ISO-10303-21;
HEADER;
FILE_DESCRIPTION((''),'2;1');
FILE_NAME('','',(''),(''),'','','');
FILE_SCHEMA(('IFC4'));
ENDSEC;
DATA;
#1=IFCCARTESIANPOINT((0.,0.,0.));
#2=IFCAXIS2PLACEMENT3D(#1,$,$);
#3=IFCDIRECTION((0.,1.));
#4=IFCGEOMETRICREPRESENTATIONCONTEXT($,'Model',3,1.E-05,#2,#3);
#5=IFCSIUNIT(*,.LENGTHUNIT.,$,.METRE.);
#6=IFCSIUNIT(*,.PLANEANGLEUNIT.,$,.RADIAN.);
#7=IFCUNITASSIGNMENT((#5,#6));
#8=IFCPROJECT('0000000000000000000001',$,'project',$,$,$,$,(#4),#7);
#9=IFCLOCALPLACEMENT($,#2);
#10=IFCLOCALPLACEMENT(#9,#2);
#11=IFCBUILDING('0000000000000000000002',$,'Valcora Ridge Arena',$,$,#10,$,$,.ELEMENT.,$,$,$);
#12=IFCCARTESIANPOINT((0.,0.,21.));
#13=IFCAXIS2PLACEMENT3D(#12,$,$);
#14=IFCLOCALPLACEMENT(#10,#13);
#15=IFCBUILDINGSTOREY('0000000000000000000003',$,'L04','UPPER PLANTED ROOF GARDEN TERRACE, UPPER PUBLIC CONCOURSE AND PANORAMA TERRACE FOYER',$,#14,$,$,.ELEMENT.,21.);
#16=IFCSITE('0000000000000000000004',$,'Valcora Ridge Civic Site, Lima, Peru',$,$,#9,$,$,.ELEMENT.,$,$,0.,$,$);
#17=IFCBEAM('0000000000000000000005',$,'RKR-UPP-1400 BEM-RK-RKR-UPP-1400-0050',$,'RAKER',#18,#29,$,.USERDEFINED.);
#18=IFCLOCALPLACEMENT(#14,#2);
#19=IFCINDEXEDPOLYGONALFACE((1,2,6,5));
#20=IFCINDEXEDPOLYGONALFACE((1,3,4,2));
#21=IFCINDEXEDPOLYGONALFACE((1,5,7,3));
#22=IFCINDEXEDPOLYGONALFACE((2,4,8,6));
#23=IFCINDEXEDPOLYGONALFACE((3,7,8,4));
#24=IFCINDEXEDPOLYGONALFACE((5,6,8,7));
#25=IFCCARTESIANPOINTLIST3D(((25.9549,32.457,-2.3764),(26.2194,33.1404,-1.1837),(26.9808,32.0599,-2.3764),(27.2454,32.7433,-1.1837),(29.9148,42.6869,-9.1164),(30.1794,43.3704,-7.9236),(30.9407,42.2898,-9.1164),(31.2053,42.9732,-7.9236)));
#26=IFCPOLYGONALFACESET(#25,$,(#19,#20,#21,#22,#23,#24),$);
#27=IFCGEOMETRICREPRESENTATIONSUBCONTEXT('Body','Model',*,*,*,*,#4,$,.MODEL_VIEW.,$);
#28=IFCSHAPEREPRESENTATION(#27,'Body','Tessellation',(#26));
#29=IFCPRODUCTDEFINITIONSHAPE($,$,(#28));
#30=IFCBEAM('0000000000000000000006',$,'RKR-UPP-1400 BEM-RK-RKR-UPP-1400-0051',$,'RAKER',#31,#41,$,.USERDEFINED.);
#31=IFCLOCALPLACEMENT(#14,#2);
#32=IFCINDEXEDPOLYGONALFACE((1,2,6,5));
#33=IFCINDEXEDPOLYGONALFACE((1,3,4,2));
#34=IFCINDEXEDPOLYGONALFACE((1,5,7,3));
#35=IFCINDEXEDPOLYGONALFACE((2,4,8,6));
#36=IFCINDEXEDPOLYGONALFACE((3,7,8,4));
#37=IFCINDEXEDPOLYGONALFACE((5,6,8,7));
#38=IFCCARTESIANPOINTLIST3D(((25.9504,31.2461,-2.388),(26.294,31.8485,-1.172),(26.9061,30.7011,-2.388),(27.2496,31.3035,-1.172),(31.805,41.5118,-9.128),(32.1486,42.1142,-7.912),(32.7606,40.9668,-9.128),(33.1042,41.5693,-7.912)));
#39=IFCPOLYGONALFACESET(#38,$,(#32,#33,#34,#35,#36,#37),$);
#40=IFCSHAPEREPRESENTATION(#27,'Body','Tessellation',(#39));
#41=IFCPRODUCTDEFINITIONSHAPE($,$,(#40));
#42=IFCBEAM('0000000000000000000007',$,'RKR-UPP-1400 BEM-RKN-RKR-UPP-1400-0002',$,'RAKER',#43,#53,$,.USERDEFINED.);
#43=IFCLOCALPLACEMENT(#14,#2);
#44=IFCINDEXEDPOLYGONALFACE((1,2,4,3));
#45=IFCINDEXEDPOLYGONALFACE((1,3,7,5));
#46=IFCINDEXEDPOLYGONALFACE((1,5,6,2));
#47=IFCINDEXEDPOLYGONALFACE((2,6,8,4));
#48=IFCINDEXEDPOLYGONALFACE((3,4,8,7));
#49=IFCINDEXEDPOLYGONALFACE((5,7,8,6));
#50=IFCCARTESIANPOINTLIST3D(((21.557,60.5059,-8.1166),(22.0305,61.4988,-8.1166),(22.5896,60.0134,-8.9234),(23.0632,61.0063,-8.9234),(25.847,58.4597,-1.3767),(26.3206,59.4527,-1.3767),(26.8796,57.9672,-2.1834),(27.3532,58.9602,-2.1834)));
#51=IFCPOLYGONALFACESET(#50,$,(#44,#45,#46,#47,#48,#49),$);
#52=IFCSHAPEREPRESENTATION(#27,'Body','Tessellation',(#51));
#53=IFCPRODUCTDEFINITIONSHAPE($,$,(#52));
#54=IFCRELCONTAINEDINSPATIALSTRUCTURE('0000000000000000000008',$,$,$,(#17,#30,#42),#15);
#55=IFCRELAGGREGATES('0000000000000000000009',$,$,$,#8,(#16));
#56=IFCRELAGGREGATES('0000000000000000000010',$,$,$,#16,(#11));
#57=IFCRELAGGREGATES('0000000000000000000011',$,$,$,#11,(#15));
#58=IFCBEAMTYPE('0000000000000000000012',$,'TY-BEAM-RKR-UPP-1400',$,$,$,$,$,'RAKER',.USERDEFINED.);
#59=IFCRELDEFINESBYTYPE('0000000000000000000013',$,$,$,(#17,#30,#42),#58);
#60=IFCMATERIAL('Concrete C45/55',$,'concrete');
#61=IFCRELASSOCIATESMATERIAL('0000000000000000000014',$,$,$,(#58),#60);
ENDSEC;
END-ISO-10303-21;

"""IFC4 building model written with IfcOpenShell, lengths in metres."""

from ifc_helpers import new_model, si_unit, direction, frame, origin, origin_2d, place, context, subcontext, project, spatial, rectangle, extrude, material, material_profile, profile_set, type_object, element, save


model = new_model("IFC4")

# Units and contexts
model_context = context("Model", 3, precision=1e-05, world=origin(), true_north=direction((0.0, 1.0)))
body_context = subcontext(model_context, "Body", "Model", "MODEL_VIEW")
ifc_project = project(units=[si_unit("LENGTHUNIT", "METRE"), si_unit("PLANEANGLEUNIT", "RADIAN")], contexts=[model_context])

# Site, building, storey
site_placement = place(None, origin())
site = spatial("IfcSite", under=ifc_project, at=site_placement, Name="Valcora Ridge Civic Site, Lima, Peru", CompositionType="ELEMENT", RefElevation=0.0)
building_placement = place(site_placement, origin())
building = spatial("IfcBuilding", under=site, at=building_placement, Name="Valcora Ridge Arena", CompositionType="ELEMENT")
storey_placement = place(building_placement, frame((0.0, 0.0, 21.0)))
storey = spatial("IfcBuildingStorey", under=building, at=storey_placement, Name="L04", Description="UPPER PLANTED ROOF GARDEN TERRACE, UPPER PUBLIC CONCOURSE AND PANORAMA TERRACE FOYER", CompositionType="ELEMENT", Elevation=21.0)

# Beams
ifc_material_1 = material(Name="Concrete C45/55", Category="concrete")
ifc_material_profile_1 = material_profile(ifc_material_1, rectangle(XDim=1.1001, YDim=1.3999, at=origin_2d()), Name="RC 1100x1400")
ifc_profile_set_1 = profile_set([ifc_material_profile_1], Name="Concrete C45/55")
beam_type_1 = type_object("IfcBeamType", Name="TY-BEAM-RKR-UPP-1400", ElementType="RAKER", PredefinedType="USERDEFINED", material=ifc_profile_set_1)
beam_1_placement = place(storey_placement, frame((30.5601, 42.8301, -8.52), z_axis=(-0.307574, -0.794572, 0.523501), x_axis=(0.932569, -0.360992, 0.0)))
element("IfcBeam", 1, at=beam_1_placement, inside=storey, type_object=beam_type_1, Name="RKR-UPP-1400 BEM-RK-RKR-UPP-1400-0050", ObjectType="RAKER", PredefinedType="USERDEFINED", context=body_context, shape_type="SweptSolid", body=[
    extrude(rectangle(XDim=1.1001, YDim=1.3999, at=origin_2d()), origin(), (0.0, 0.0, 1.0), 12.8748),
])
beam_2_placement = place(storey_placement, frame((32.4546, 41.5405, -8.52), z_axis=(-0.430331, -0.754569, 0.495419), x_axis=(0.868665, -0.4954, 0.0)))
element("IfcBeam", 2, at=beam_2_placement, inside=storey, type_object=beam_type_1, Name="RKR-UPP-1400 BEM-RK-RKR-UPP-1400-0051", ObjectType="RAKER", PredefinedType="USERDEFINED", context=body_context, shape_type="SweptSolid", body=[
    extrude(rectangle(XDim=1.1001, YDim=1.3999, at=origin_2d()), origin(), (0.0, 0.0, 1.0), 13.6047),
])
beam_3_placement = place(storey_placement, frame((22.3101, 60.7561, -8.52), z_axis=(0.520173, -0.248097, 0.817232), x_axis=(0.430494, 0.902594, 0.0)))
element("IfcBeam", 3, at=beam_3_placement, inside=storey, type_object=beam_type_1, Name="RKR-UPP-1400 BEM-RKN-RKR-UPP-1400-0002", ObjectType="RAKER", PredefinedType="USERDEFINED", context=body_context, shape_type="SweptSolid", body=[
    extrude(rectangle(XDim=1.1001, YDim=1.3999, at=origin_2d()), origin(), (0.0, 0.0, 1.0), 8.2473),
])

save(model, "model.ifc")
